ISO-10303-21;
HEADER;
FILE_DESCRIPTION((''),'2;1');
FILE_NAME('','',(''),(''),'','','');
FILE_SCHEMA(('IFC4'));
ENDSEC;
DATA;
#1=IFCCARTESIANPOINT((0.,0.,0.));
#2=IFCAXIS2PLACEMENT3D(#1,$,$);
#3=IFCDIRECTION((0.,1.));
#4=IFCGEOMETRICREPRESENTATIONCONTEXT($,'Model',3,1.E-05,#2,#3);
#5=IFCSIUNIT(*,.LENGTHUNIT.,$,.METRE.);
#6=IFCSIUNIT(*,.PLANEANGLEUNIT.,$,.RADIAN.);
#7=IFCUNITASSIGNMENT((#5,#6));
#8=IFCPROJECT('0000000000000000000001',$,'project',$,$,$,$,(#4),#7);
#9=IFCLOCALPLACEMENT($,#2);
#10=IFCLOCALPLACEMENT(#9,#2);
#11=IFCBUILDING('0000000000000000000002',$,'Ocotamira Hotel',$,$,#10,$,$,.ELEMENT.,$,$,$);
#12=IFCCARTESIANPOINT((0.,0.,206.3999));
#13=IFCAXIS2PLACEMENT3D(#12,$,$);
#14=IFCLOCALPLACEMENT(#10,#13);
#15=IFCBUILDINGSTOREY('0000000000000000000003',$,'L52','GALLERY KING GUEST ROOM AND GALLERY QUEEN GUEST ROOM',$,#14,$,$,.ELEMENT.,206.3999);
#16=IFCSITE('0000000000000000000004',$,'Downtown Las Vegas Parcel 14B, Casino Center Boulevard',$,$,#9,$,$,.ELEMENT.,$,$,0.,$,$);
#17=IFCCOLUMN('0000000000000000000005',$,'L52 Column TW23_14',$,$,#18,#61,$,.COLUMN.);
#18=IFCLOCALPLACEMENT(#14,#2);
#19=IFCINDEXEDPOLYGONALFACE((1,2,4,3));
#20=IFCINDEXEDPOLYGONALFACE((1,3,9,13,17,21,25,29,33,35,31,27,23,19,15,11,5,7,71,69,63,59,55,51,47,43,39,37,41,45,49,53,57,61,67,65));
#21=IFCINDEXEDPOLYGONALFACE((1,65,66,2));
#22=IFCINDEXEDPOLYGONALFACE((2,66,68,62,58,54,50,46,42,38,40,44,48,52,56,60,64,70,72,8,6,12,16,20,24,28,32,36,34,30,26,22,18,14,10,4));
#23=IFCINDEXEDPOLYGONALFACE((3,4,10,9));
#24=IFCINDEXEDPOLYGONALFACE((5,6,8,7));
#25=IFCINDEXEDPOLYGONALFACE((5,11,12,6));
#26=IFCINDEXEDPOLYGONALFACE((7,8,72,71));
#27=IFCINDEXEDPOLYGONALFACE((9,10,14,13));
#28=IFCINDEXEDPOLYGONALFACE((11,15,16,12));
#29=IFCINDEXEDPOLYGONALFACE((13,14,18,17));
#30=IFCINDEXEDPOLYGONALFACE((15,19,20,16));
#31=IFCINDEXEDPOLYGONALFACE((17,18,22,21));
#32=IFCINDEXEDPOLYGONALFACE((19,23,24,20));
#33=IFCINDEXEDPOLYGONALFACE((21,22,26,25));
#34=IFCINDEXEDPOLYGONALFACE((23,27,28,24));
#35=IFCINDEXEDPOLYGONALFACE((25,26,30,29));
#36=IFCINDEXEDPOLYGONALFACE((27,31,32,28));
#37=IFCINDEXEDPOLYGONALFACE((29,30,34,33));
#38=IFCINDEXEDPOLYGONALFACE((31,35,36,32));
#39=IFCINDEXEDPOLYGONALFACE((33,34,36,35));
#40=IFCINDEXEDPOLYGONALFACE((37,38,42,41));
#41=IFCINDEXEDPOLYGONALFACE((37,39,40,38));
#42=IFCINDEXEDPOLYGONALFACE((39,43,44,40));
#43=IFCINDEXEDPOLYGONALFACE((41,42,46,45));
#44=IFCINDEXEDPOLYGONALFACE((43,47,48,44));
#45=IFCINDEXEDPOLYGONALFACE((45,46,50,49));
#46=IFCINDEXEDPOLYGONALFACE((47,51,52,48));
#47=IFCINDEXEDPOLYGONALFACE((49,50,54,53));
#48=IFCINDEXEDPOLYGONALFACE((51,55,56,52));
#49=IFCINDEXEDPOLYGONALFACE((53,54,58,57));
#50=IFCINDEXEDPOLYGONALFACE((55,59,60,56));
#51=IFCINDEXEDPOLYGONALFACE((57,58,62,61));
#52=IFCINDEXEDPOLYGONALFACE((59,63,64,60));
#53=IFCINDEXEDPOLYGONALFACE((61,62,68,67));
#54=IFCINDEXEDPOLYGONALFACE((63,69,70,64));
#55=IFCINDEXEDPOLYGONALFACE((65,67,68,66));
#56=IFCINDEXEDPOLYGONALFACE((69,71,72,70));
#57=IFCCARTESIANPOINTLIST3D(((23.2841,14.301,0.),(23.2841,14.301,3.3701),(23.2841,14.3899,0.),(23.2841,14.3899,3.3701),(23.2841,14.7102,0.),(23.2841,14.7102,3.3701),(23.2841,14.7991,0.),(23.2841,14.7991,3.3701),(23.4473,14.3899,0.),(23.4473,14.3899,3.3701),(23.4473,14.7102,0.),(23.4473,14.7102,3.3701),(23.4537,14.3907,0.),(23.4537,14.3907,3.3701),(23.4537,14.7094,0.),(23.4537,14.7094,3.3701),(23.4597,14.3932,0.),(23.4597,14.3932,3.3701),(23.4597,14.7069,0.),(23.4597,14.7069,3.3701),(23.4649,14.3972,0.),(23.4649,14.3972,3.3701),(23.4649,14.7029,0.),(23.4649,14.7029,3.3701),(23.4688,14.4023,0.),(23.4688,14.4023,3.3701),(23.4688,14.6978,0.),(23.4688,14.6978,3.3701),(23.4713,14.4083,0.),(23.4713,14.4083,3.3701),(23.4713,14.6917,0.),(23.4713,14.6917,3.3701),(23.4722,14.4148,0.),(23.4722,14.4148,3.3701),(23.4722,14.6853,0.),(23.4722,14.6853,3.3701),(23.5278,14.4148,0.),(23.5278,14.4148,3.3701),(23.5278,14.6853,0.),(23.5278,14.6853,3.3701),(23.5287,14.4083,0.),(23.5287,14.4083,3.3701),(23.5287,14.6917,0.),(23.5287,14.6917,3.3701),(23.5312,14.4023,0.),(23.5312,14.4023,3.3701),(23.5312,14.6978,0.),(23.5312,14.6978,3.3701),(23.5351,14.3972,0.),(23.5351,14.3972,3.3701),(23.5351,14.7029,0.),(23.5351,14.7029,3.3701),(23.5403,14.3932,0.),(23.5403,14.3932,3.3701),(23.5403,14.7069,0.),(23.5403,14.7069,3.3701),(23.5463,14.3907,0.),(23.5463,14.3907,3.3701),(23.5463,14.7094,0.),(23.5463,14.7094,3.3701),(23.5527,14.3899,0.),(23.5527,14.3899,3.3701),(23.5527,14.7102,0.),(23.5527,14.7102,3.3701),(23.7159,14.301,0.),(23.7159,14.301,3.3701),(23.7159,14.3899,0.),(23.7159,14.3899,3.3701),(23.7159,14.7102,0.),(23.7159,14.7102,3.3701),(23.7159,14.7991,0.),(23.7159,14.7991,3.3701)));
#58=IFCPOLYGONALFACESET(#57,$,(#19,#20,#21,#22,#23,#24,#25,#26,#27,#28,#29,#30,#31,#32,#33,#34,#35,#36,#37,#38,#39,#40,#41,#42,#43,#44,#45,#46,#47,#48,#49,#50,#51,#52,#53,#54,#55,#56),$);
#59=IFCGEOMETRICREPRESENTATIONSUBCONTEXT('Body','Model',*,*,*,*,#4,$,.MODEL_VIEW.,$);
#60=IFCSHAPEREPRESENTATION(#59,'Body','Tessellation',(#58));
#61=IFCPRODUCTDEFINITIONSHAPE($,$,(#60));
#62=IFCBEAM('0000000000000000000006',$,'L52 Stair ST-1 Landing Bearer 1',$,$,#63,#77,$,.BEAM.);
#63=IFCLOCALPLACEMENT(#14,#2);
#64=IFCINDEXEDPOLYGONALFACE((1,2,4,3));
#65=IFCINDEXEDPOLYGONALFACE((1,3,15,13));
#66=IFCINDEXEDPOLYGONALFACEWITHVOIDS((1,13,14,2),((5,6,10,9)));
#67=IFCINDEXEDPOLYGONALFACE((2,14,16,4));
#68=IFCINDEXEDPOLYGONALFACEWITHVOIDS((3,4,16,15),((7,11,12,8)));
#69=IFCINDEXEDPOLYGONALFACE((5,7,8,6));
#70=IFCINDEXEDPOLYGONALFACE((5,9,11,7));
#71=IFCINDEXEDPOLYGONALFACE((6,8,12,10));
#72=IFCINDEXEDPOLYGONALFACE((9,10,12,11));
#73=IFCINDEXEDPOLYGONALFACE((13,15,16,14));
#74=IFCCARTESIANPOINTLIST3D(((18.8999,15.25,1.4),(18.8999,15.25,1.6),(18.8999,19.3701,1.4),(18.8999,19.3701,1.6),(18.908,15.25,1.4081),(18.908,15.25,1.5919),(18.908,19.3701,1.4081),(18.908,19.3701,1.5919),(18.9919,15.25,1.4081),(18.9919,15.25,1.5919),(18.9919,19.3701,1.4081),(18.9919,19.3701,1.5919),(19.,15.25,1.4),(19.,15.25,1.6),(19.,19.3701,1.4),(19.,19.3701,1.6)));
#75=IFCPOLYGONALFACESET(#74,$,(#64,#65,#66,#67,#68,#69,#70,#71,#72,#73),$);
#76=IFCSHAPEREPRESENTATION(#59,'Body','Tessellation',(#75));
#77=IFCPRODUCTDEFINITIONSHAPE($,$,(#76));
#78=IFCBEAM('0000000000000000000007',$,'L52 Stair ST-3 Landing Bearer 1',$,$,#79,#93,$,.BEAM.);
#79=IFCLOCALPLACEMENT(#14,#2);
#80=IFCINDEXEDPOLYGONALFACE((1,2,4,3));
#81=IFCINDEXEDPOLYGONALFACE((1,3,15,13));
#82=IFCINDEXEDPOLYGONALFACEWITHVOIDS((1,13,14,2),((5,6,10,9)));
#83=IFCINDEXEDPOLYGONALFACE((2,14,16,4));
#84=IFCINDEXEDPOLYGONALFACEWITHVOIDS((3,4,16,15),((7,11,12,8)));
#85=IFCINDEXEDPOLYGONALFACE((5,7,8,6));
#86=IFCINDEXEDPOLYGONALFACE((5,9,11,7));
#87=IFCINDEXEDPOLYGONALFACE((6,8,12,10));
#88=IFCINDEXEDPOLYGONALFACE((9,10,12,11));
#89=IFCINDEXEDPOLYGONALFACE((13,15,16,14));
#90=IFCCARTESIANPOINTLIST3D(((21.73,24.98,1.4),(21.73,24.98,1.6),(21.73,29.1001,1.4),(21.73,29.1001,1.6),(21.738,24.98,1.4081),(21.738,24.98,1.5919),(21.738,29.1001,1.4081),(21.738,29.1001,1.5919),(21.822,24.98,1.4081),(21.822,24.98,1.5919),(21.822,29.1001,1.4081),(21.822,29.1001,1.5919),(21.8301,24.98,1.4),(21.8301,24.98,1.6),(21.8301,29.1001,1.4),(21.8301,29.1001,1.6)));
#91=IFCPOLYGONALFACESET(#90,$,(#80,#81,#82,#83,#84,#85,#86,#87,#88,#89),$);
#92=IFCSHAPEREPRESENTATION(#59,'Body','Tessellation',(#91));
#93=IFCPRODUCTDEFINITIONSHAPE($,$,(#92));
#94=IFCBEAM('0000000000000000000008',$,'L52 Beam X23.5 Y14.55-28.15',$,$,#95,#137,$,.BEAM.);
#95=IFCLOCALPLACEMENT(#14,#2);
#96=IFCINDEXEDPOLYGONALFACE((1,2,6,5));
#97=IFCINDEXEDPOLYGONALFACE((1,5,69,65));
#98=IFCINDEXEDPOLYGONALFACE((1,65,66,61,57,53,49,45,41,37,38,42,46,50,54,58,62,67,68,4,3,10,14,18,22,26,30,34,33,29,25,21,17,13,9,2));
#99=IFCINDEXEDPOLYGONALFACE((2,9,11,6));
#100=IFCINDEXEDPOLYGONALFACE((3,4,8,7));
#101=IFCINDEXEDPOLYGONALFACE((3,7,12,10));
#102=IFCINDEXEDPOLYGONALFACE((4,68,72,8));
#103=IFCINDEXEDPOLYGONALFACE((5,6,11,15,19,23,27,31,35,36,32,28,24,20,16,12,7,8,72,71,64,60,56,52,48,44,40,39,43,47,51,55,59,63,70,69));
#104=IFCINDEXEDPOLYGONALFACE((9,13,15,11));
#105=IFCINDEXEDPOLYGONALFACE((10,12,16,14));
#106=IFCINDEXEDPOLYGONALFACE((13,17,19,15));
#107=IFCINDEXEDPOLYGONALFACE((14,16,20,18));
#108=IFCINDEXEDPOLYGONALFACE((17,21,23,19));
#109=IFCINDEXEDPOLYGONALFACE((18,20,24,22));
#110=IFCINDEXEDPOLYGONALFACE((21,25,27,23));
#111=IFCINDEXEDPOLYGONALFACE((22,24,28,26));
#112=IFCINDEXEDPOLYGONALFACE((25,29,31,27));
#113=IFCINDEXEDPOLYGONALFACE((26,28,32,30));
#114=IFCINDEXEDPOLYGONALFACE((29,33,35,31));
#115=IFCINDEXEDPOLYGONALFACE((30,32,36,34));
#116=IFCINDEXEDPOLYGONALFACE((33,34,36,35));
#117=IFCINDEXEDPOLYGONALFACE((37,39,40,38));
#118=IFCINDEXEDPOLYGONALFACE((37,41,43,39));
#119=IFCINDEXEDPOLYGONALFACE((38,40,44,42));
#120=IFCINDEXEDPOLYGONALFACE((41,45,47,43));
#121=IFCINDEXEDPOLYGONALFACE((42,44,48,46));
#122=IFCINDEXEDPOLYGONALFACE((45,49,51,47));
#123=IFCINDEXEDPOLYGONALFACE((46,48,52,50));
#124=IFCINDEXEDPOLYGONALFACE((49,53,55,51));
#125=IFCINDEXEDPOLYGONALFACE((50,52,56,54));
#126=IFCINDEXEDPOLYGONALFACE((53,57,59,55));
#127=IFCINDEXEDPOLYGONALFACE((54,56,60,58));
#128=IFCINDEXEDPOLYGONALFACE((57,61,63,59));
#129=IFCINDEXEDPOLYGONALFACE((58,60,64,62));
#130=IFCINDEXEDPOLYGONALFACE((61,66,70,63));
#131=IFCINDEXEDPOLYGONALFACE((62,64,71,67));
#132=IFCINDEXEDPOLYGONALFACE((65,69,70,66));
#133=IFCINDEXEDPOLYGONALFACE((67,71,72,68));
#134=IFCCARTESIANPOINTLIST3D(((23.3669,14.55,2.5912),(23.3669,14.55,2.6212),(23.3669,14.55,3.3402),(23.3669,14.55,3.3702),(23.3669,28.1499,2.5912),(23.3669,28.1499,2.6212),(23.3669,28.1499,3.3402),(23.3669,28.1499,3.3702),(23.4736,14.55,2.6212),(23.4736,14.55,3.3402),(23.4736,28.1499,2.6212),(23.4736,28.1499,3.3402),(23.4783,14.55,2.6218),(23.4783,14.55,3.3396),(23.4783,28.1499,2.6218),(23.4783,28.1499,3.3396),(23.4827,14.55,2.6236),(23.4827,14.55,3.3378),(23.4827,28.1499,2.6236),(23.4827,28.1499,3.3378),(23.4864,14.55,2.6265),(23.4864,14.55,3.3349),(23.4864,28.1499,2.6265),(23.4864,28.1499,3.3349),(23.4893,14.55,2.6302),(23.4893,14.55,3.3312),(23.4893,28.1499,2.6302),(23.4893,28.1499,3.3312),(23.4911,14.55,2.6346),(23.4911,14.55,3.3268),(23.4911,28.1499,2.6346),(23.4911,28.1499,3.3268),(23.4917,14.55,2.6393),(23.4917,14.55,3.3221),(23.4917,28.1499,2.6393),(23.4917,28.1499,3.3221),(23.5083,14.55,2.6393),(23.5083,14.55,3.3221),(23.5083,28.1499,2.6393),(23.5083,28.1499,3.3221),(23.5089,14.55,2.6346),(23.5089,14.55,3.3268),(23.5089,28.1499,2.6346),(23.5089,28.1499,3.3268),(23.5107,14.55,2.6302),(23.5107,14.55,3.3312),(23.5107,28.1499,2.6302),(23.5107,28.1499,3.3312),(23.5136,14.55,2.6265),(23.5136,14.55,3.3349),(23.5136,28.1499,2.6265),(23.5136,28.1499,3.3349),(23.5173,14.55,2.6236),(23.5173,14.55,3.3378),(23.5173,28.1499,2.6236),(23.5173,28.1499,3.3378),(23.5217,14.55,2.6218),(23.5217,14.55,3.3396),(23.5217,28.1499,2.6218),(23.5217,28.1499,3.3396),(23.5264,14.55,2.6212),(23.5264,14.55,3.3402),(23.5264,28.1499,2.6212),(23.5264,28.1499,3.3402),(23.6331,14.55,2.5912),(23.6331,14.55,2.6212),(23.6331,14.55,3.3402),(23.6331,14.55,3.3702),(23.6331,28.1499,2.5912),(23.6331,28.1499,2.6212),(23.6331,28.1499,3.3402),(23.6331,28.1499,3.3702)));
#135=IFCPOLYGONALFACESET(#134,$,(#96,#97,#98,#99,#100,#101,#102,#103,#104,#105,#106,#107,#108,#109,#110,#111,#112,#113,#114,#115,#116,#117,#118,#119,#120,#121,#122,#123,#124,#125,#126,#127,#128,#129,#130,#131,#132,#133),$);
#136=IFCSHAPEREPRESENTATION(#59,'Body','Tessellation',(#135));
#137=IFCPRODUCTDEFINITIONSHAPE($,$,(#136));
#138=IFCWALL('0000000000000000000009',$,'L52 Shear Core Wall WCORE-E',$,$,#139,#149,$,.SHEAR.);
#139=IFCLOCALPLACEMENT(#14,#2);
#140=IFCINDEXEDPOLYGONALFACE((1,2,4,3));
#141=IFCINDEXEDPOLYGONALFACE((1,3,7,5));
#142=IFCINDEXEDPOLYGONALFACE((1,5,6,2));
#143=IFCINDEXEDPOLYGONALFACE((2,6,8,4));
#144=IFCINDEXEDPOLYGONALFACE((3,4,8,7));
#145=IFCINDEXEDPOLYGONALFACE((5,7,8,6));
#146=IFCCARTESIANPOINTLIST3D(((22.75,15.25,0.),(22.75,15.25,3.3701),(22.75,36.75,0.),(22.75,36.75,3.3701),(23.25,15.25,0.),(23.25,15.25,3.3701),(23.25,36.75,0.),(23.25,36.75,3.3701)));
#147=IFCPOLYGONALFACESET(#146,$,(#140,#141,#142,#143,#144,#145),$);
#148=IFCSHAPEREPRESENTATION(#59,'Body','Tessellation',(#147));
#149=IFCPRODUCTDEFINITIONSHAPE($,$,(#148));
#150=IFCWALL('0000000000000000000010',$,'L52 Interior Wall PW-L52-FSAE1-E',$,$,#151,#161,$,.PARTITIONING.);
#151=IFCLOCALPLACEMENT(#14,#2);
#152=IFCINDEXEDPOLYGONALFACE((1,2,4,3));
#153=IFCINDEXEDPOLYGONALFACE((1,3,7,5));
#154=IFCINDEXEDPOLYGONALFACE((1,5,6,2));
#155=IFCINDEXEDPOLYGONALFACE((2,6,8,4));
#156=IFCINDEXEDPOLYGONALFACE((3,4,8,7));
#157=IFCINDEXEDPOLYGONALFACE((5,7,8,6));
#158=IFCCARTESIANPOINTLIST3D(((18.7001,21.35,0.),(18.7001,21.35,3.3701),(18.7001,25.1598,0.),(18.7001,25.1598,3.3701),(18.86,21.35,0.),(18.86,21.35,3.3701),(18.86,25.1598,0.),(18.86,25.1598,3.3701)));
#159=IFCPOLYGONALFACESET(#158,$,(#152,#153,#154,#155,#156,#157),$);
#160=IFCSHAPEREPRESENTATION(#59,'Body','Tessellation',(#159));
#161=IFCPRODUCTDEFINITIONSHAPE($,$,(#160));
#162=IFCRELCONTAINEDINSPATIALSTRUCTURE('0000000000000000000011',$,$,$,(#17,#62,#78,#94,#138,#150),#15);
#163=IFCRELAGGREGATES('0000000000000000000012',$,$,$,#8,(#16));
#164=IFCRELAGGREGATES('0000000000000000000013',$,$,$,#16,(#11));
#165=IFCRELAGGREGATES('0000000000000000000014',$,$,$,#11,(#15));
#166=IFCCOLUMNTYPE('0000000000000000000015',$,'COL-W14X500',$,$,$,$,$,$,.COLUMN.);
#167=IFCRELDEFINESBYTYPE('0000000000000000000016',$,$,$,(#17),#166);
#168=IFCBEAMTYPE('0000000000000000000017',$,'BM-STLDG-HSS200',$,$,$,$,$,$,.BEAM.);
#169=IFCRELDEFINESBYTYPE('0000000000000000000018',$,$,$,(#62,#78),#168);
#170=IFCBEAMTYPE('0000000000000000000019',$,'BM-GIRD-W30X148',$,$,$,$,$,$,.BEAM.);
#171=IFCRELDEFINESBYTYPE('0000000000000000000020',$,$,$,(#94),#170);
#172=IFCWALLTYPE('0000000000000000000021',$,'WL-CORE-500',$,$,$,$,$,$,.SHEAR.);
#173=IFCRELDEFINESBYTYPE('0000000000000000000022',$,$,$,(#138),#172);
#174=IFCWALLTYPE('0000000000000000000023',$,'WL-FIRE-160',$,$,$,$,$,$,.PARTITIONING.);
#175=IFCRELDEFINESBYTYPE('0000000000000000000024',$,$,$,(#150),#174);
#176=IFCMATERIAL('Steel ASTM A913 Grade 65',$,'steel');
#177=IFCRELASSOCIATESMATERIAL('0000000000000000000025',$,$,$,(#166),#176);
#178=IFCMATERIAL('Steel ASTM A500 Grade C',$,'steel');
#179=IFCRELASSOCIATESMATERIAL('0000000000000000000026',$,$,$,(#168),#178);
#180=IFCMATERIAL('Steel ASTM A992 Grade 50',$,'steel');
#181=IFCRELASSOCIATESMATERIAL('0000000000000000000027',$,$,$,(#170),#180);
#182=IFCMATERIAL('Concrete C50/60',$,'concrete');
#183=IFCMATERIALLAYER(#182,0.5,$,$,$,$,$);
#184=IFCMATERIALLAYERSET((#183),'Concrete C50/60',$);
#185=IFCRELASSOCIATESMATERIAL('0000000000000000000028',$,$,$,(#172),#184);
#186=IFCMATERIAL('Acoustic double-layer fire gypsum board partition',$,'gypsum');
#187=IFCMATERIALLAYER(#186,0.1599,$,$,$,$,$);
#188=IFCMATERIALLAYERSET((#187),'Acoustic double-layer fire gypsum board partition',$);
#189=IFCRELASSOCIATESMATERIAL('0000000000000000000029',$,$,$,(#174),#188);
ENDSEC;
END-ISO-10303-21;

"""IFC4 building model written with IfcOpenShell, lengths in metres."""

from ifc_helpers import new_model, si_unit, direction, frame, frame_2d, origin, origin_2d, place, context, subcontext, project, spatial, rectangle, hollow_rectangle, i_section, extrude, source, transform, mapped, material, layer, layer_set, material_profile, profile_set, type_object, element, save


model = new_model("IFC4")

# Units and contexts
model_context = context("Model", 3, precision=1e-05, world=origin(), true_north=direction((0.0, 1.0)))
body_context = subcontext(model_context, "Body", "Model", "MODEL_VIEW")
ifc_project = project(units=[si_unit("LENGTHUNIT", "METRE"), si_unit("PLANEANGLEUNIT", "RADIAN")], contexts=[model_context])

# Site, building, storey
site_placement = place(None, origin())
site = spatial("IfcSite", under=ifc_project, at=site_placement, Name="Downtown Las Vegas Parcel 14B, Casino Center Boulevard", CompositionType="ELEMENT", RefElevation=0.0)
building_placement = place(site_placement, origin())
building = spatial("IfcBuilding", under=site, at=building_placement, Name="Ocotamira Hotel", CompositionType="ELEMENT")
storey_placement = place(building_placement, frame((0.0, 0.0, 206.3999)))
storey = spatial("IfcBuildingStorey", under=building, at=storey_placement, Name="L52", Description="GALLERY KING GUEST ROOM AND GALLERY QUEEN GUEST ROOM", CompositionType="ELEMENT", Elevation=206.3999)

# Column
ifc_material_1 = material(Name="Steel ASTM A913 Grade 65", Category="steel")
ifc_material_profile_1 = material_profile(ifc_material_1, i_section(OverallWidth=0.4319, OverallDepth=0.498, WebThickness=0.0557, FlangeThickness=0.0889, FilletRadius=0.0249, at=origin_2d()), Name="W14X500")
ifc_profile_set_1 = profile_set([ifc_material_profile_1], Name="Steel ASTM A913 Grade 65")
column_type = type_object("IfcColumnType", Name="COL-W14X500", PredefinedType="COLUMN", material=ifc_profile_set_1)
shared_shape_1 = source(origin(), body_context, "Body", "SweptSolid", [
    extrude(i_section(OverallWidth=0.4319, OverallDepth=0.498, WebThickness=0.0557, FlangeThickness=0.0889, FilletRadius=0.0249, at=origin_2d()), origin(), (0.0, 0.0, 1.0), 3.3701),
])
column_placement = place(storey_placement, frame((23.5, 14.55, 0.0), z_axis=(0.0, 0.0, 1.0), x_axis=(1.0, 0.0, 0.0)))
element("IfcColumn", 1, at=column_placement, inside=storey, type_object=column_type, Name="L52 Column TW23_14", PredefinedType="COLUMN", context=body_context, shape_type="MappedRepresentation", body=[
    mapped(shared_shape_1, transform((0.0, 0.0, 0.0), scale=1.0)),
])

# Beams
ifc_material_2 = material(Name="Steel ASTM A500 Grade C", Category="steel")
ifc_material_profile_2 = material_profile(ifc_material_2, hollow_rectangle(XDim=0.1001, YDim=0.2, WallThickness=0.0081, at=origin_2d()), Name="HSS200X100X8")
ifc_profile_set_2 = profile_set([ifc_material_profile_2], Name="Steel ASTM A500 Grade C")
beam_type_1 = type_object("IfcBeamType", Name="BM-STLDG-HSS200", PredefinedType="BEAM", material=ifc_profile_set_2)
shared_shape_2 = source(origin(), body_context, "Body", "SweptSolid", [
    extrude(hollow_rectangle(XDim=0.1001, YDim=0.2, WallThickness=0.0081, at=origin_2d()), origin(), (0.0, 0.0, 1.0), 4.1201),
])
for number, where, z_axis, x_axis, name in (
    (2, (18.95, 15.25, 1.5), (0.0, 1.0, 0.0), (-1.0, 0.0, 0.0), "L52 Stair ST-1 Landing Bearer 1"),
    (3, (21.78, 24.98, 1.5), (0.0, 1.0, 0.0), (-1.0, 0.0, 0.0), "L52 Stair ST-3 Landing Bearer 1"),
):
    element("IfcBeam", number, at=place(storey_placement, frame(where, z_axis=z_axis, x_axis=x_axis)), inside=storey, type_object=beam_type_1, Name=name, PredefinedType="BEAM", context=body_context, shape_type="MappedRepresentation", body=[
        mapped(shared_shape_2, transform((0.0, 0.0, 0.0), scale=1.0)),
    ])
ifc_material_3 = material(Name="Steel ASTM A992 Grade 50", Category="steel")
ifc_material_profile_3 = material_profile(ifc_material_3, i_section(OverallWidth=0.2661, OverallDepth=0.7791, WebThickness=0.0166, FlangeThickness=0.03, FilletRadius=0.0181, at=origin_2d()), Name="W30X148")
ifc_profile_set_3 = profile_set([ifc_material_profile_3], Name="Steel ASTM A992 Grade 50")
beam_type_2 = type_object("IfcBeamType", Name="BM-GIRD-W30X148", PredefinedType="BEAM", material=ifc_profile_set_3)
shared_shape_3 = source(origin(), body_context, "Body", "SweptSolid", [
    extrude(i_section(OverallWidth=0.2661, OverallDepth=0.7791, WebThickness=0.0166, FlangeThickness=0.03, FilletRadius=0.0181, at=origin_2d()), origin(), (0.0, 0.0, 1.0), 13.5999),
])
beam_placement = place(storey_placement, frame((23.5, 14.55, 2.9807), z_axis=(0.0, 1.0, 0.0), x_axis=(-1.0, 0.0, 0.0)))
element("IfcBeam", 4, at=beam_placement, inside=storey, type_object=beam_type_2, Name="L52 Beam X23.5 Y14.55-28.15", PredefinedType="BEAM", context=body_context, shape_type="MappedRepresentation", body=[
    mapped(shared_shape_3, transform((0.0, 0.0, 0.0), scale=1.0)),
])

# Walls
ifc_material_4 = material(Name="Concrete C50/60", Category="concrete")
ifc_layer_1 = layer(ifc_material_4, 0.5)
ifc_layer_set_1 = layer_set([ifc_layer_1], Name="Concrete C50/60")
wall_type_1 = type_object("IfcWallType", Name="WL-CORE-500", PredefinedType="SHEAR", material=ifc_layer_set_1)
wall_1_placement = place(storey_placement, frame((23.0, 15.25, 0.0), z_axis=(0.0, 0.0, 1.0), x_axis=(0.0, 1.0, 0.0)))
element("IfcWall", 5, at=wall_1_placement, inside=storey, type_object=wall_type_1, Name="L52 Shear Core Wall WCORE-E", PredefinedType="SHEAR", context=body_context, shape_type="SweptSolid", body=[
    extrude(rectangle(XDim=21.5, YDim=0.5, at=frame_2d((10.75, 0.0))), origin(), (0.0, 0.0, 1.0), 3.3701),
])
ifc_material_5 = material(Name="Acoustic double-layer fire gypsum board partition", Category="gypsum")
ifc_layer_2 = layer(ifc_material_5, 0.1599)
ifc_layer_set_2 = layer_set([ifc_layer_2], Name="Acoustic double-layer fire gypsum board partition")
wall_type_2 = type_object("IfcWallType", Name="WL-FIRE-160", PredefinedType="PARTITIONING", material=ifc_layer_set_2)
wall_2_placement = place(storey_placement, frame((18.78, 21.3501, 0.0), z_axis=(0.0, 0.0, 1.0), x_axis=(0.0, 1.0, 0.0)))
element("IfcWall", 6, at=wall_2_placement, inside=storey, type_object=wall_type_2, Name="L52 Interior Wall PW-L52-FSAE1-E", PredefinedType="PARTITIONING", context=body_context, shape_type="SweptSolid", body=[
    extrude(rectangle(XDim=3.8098, YDim=0.1599, at=frame_2d((1.9048, 0.0))), origin(), (0.0, 0.0, 1.0), 3.3701),
])

save(model, "model.ifc")
